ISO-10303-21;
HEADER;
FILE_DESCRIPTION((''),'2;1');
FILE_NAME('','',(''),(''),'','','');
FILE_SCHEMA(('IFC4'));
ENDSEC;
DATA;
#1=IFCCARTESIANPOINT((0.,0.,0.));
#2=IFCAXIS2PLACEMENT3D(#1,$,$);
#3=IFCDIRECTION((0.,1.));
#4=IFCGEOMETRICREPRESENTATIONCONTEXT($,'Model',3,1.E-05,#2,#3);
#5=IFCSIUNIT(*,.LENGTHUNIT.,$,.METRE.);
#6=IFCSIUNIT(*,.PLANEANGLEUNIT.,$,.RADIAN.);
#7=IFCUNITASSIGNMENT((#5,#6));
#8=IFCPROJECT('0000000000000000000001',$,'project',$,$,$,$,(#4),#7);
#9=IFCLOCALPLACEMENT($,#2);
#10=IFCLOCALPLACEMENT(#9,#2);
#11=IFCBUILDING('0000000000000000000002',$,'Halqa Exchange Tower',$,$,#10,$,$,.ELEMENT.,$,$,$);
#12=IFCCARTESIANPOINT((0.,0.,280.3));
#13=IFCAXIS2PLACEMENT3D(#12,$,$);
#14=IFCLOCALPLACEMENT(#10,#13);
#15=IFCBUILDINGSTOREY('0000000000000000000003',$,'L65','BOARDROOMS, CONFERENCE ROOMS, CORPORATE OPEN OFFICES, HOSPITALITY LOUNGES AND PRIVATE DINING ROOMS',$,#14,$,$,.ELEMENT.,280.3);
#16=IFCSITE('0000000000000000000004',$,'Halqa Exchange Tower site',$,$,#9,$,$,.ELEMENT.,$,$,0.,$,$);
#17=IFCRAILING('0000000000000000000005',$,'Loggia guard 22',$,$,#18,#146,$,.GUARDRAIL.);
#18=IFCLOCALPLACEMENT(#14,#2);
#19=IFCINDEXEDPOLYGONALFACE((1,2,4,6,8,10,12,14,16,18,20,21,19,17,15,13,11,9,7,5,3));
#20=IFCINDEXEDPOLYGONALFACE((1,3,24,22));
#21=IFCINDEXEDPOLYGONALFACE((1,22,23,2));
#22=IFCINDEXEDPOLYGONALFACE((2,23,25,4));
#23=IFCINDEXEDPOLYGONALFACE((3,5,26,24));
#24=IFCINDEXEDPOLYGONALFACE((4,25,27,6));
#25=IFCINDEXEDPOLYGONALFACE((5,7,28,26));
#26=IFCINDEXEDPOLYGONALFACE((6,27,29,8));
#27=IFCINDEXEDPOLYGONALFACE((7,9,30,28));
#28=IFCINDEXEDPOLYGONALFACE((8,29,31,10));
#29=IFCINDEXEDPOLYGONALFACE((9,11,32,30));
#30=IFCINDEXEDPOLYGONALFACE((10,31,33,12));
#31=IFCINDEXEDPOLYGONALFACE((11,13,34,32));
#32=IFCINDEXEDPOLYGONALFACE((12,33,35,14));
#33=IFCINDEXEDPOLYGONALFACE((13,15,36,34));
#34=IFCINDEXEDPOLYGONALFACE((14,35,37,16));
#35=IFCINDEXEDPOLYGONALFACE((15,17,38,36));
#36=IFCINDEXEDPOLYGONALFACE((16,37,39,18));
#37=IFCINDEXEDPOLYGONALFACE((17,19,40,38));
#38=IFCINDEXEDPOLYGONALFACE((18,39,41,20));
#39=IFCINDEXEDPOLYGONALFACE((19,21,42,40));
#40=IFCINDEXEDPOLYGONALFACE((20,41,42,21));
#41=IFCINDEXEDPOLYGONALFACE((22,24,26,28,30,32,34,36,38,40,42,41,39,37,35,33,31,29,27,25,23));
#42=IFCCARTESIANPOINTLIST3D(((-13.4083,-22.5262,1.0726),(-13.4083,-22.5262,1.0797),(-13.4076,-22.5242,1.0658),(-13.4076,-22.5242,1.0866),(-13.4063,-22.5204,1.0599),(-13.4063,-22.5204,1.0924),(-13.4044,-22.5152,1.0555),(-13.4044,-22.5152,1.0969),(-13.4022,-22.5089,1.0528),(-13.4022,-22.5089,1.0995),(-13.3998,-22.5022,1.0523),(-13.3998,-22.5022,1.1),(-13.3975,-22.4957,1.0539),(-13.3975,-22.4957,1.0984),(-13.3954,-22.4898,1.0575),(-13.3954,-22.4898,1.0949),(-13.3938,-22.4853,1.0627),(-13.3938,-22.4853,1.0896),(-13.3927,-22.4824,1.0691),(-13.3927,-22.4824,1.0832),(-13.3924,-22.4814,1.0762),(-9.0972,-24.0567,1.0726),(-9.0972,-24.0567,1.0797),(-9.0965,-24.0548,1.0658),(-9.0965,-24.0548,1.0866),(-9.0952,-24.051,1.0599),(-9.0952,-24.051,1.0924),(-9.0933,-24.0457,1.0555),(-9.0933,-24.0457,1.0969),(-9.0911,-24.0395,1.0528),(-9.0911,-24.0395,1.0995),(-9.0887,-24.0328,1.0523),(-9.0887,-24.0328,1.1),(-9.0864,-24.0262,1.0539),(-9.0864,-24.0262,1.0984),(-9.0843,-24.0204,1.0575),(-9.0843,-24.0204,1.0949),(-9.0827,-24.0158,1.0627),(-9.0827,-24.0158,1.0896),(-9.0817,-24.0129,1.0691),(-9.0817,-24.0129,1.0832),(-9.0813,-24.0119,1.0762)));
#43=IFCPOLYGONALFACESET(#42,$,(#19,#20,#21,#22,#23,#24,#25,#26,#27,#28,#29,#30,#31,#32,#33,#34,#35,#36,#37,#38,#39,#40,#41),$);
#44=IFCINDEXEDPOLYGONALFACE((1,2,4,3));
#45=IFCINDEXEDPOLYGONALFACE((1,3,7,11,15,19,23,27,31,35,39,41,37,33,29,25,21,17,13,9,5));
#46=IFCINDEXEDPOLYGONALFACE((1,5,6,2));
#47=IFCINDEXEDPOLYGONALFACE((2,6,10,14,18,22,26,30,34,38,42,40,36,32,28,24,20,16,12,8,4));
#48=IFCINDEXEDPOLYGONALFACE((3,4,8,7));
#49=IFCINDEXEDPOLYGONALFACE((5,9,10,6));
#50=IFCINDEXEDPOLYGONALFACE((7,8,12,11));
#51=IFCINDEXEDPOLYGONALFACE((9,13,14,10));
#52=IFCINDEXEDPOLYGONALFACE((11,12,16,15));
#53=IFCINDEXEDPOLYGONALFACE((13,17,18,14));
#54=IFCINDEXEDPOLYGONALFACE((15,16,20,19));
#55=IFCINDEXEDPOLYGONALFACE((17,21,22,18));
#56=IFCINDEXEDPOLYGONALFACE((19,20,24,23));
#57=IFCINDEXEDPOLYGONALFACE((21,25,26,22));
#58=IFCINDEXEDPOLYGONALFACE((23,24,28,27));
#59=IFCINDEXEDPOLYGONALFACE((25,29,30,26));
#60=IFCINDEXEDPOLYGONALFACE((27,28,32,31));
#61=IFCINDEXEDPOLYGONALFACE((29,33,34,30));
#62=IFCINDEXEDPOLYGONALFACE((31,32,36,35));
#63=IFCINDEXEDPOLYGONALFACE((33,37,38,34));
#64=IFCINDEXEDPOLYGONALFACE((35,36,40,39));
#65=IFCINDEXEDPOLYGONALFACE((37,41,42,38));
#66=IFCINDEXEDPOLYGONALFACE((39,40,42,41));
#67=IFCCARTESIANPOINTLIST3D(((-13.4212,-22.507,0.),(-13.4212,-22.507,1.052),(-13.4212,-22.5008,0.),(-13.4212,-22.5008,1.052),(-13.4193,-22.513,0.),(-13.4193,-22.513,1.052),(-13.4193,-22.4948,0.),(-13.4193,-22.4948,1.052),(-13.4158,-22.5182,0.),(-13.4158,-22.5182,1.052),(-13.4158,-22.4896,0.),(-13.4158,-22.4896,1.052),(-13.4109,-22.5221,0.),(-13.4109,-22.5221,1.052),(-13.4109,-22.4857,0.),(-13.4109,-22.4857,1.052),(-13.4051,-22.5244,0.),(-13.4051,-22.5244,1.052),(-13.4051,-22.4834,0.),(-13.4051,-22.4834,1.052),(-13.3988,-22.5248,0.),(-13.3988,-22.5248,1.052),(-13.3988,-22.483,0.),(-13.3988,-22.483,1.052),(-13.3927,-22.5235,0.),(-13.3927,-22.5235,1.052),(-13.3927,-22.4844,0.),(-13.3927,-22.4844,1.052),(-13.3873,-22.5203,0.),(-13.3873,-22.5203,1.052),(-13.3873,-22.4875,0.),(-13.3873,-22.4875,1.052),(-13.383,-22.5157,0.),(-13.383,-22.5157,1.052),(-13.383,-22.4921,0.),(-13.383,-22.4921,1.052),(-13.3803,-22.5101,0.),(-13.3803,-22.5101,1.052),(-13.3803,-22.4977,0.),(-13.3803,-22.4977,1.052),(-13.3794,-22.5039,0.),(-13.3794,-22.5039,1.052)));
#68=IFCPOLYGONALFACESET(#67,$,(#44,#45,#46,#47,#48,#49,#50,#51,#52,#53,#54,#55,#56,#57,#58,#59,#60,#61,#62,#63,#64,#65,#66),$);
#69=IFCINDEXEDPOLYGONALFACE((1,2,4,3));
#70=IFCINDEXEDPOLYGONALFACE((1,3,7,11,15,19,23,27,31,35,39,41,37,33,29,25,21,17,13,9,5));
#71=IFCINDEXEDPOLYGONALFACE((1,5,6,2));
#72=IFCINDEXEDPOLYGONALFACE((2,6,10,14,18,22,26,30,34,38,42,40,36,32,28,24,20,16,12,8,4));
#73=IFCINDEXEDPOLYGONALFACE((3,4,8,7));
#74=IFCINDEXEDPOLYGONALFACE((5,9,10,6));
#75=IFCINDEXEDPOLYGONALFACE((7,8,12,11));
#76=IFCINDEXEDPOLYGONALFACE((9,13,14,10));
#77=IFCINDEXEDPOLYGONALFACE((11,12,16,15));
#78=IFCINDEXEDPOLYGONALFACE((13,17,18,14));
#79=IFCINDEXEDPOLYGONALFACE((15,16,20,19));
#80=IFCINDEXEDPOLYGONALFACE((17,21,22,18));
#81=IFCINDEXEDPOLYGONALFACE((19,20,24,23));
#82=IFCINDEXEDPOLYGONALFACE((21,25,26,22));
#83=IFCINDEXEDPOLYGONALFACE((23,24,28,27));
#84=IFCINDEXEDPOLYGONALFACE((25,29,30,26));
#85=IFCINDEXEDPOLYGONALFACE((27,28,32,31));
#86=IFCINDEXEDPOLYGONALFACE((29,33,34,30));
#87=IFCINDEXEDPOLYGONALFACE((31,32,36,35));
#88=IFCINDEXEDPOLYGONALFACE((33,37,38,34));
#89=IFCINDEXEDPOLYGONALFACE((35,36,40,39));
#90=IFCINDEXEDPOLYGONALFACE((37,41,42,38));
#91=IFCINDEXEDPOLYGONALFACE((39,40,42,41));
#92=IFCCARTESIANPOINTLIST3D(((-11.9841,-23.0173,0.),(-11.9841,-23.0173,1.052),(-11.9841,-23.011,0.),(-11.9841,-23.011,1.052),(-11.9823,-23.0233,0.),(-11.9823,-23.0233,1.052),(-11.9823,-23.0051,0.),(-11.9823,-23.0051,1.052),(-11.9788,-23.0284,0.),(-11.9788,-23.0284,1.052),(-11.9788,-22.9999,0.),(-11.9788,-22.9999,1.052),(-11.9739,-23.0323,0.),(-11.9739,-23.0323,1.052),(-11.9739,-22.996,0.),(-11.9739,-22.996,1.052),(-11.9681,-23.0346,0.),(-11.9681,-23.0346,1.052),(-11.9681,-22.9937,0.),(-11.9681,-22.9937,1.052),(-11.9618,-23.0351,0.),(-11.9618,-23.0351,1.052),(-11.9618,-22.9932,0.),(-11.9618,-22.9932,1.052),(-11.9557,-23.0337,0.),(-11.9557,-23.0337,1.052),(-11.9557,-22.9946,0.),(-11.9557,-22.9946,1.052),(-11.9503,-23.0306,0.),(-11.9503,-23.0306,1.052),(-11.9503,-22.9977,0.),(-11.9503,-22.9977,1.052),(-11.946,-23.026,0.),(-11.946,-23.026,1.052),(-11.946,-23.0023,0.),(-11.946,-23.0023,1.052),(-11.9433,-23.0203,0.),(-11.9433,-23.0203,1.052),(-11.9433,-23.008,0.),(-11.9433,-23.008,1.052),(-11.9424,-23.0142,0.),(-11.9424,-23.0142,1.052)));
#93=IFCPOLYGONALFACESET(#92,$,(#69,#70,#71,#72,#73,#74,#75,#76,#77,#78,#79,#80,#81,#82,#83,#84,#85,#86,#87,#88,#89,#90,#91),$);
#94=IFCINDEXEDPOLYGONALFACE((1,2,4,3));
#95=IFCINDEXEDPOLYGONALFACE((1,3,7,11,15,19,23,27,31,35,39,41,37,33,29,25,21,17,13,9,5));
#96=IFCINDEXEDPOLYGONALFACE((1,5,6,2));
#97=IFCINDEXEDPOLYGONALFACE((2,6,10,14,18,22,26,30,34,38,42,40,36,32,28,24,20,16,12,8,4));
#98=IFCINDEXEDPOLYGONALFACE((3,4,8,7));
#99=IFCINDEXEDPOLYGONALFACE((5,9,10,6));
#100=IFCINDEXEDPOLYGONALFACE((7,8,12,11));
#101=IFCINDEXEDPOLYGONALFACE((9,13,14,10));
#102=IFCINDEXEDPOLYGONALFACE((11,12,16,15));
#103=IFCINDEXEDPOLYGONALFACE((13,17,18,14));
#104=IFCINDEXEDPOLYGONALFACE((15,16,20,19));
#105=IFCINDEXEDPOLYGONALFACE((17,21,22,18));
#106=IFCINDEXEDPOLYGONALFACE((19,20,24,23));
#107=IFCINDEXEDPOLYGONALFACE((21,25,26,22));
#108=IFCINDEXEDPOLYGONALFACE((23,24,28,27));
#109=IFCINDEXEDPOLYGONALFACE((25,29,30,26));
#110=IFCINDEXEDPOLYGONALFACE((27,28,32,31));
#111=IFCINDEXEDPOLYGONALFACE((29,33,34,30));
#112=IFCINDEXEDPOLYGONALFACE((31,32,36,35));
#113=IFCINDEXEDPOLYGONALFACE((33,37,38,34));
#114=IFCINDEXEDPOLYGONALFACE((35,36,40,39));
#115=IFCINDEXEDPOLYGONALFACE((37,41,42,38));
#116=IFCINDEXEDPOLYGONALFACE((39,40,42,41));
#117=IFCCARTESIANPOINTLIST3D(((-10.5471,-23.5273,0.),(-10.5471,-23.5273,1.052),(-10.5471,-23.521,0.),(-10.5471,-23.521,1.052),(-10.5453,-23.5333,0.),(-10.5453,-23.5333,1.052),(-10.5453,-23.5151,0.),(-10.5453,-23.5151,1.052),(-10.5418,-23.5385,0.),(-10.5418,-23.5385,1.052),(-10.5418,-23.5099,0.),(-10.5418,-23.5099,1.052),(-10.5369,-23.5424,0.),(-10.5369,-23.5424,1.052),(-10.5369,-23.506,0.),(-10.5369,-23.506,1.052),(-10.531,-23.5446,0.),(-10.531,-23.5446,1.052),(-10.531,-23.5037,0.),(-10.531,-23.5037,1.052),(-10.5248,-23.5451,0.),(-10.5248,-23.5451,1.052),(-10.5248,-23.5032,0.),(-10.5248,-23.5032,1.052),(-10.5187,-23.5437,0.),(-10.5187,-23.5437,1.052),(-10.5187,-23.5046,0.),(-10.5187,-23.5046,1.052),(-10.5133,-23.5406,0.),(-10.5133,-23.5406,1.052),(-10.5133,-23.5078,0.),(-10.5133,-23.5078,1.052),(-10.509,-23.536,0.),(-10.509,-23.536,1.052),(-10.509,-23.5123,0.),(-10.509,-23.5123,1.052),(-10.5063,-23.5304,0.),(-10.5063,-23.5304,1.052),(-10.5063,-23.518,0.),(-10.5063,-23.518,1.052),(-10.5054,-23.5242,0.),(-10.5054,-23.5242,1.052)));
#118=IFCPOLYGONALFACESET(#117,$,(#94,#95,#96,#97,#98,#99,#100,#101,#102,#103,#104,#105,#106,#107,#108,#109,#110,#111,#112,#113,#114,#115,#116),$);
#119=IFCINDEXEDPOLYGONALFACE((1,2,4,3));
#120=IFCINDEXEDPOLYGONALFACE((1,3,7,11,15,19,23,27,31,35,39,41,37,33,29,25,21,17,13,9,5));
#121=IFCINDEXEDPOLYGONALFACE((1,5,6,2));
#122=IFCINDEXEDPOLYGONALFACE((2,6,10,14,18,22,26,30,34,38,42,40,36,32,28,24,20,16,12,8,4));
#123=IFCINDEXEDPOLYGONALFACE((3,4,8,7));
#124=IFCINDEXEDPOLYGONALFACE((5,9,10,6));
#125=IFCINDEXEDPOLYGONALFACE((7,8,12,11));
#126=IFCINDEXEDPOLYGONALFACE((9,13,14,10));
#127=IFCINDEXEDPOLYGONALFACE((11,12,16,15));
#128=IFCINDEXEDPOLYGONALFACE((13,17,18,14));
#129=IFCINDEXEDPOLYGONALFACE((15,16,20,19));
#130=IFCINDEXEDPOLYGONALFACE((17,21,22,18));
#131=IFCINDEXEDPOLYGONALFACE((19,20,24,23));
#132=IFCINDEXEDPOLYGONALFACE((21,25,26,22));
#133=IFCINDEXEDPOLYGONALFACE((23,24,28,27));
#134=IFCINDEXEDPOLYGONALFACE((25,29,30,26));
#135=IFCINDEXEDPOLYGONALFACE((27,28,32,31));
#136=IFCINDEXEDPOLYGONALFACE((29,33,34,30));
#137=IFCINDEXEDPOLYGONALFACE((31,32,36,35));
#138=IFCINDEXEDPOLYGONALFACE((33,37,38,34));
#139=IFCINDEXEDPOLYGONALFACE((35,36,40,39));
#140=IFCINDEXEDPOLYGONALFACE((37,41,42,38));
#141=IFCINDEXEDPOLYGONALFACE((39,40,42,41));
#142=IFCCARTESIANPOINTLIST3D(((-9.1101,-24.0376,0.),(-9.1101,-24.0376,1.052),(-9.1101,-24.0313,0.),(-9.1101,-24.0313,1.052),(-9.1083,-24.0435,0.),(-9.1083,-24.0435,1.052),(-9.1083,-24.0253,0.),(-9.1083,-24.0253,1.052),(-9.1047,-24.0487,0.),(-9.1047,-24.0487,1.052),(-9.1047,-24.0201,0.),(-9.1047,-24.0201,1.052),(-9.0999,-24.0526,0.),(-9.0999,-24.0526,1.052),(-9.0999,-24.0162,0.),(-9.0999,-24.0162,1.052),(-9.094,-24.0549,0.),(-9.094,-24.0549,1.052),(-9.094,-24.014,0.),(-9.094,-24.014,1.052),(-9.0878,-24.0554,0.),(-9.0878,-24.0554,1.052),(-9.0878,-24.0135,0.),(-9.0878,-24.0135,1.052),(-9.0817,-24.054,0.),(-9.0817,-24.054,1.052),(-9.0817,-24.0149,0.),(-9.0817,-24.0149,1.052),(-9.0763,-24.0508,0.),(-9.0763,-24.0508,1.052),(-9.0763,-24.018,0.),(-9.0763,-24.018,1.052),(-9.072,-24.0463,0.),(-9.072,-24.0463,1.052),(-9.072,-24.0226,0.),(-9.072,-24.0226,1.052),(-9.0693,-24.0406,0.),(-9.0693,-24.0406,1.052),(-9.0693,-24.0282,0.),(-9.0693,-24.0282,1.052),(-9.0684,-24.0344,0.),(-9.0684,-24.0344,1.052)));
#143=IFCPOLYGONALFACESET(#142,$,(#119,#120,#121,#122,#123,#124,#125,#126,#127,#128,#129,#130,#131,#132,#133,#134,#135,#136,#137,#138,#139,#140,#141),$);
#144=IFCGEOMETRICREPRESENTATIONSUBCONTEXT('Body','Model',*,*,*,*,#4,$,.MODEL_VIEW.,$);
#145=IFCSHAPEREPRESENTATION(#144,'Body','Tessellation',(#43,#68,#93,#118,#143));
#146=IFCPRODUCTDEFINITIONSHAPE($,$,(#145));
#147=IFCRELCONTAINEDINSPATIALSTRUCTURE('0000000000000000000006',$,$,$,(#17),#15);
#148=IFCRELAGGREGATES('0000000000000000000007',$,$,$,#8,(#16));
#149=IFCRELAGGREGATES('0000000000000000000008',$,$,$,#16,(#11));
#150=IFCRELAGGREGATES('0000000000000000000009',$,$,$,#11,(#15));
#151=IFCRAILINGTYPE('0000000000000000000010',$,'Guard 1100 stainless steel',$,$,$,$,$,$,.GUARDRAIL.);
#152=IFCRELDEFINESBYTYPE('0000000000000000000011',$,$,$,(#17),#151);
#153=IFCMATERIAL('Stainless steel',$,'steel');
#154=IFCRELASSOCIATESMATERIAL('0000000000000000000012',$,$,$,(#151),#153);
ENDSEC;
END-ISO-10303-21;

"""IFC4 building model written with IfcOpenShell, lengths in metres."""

from ifc_helpers import new_model, si_unit, direction, frame, origin, origin_2d, place, context, subcontext, project, spatial, circle, extrude, material, type_object, element, save


model = new_model("IFC4")

# Units and contexts
model_context = context("Model", 3, precision=1e-05, world=origin(), true_north=direction((0.0, 1.0)))
body_context = subcontext(model_context, "Body", "Model", "MODEL_VIEW")
ifc_project = project(units=[si_unit("LENGTHUNIT", "METRE"), si_unit("PLANEANGLEUNIT", "RADIAN")], contexts=[model_context])

# Site, building, storey
site_placement = place(None, origin())
site = spatial("IfcSite", under=ifc_project, at=site_placement, Name="Halqa Exchange Tower site", CompositionType="ELEMENT", RefElevation=0.0)
building_placement = place(site_placement, origin())
building = spatial("IfcBuilding", under=site, at=building_placement, Name="Halqa Exchange Tower", CompositionType="ELEMENT")
storey_placement = place(building_placement, frame((0.0, 0.0, 280.3)))
storey = spatial("IfcBuildingStorey", under=building, at=storey_placement, Name="L65", Description="BOARDROOMS, CONFERENCE ROOMS, CORPORATE OPEN OFFICES, HOSPITALITY LOUNGES AND PRIVATE DINING ROOMS", CompositionType="ELEMENT", Elevation=280.3)

# Railing
ifc_material_1 = material(Name="Stainless steel", Category="steel")
railing_type = type_object("IfcRailingType", Name="Guard 1100 stainless steel", PredefinedType="GUARDRAIL", material=ifc_material_1)
railing_1_placement = place(storey_placement, frame((-13.4004, -22.5039, 0.0)))
element("IfcRailing", 1, at=railing_1_placement, inside=storey, type_object=railing_type, Name="Loggia guard 22", PredefinedType="GUARDRAIL", context=body_context, shape_type="SweptSolid", body=[
    extrude(circle(Radius=0.0239, at=origin_2d()), frame((0.0, 0.0, 1.0762), z_axis=(0.942373, -0.334564, 0.0), x_axis=(0.334564, 0.942373, 0.0)), (0.0, 0.0, 1.0), 4.5747),
    extrude(circle(Radius=0.021, at=origin_2d()), origin(), (0.0, 0.0, 1.0), 1.052),
    extrude(circle(Radius=0.021, at=origin_2d()), frame((1.437, -0.5103, 0.0)), (0.0, 0.0, 1.0), 1.052),
    extrude(circle(Radius=0.021, at=origin_2d()), frame((2.874, -1.0203, 0.0)), (0.0, 0.0, 1.0), 1.052),
    extrude(circle(Radius=0.021, at=origin_2d()), frame((4.311, -1.5305, 0.0)), (0.0, 0.0, 1.0), 1.052),
])

save(model, "model.ifc")
